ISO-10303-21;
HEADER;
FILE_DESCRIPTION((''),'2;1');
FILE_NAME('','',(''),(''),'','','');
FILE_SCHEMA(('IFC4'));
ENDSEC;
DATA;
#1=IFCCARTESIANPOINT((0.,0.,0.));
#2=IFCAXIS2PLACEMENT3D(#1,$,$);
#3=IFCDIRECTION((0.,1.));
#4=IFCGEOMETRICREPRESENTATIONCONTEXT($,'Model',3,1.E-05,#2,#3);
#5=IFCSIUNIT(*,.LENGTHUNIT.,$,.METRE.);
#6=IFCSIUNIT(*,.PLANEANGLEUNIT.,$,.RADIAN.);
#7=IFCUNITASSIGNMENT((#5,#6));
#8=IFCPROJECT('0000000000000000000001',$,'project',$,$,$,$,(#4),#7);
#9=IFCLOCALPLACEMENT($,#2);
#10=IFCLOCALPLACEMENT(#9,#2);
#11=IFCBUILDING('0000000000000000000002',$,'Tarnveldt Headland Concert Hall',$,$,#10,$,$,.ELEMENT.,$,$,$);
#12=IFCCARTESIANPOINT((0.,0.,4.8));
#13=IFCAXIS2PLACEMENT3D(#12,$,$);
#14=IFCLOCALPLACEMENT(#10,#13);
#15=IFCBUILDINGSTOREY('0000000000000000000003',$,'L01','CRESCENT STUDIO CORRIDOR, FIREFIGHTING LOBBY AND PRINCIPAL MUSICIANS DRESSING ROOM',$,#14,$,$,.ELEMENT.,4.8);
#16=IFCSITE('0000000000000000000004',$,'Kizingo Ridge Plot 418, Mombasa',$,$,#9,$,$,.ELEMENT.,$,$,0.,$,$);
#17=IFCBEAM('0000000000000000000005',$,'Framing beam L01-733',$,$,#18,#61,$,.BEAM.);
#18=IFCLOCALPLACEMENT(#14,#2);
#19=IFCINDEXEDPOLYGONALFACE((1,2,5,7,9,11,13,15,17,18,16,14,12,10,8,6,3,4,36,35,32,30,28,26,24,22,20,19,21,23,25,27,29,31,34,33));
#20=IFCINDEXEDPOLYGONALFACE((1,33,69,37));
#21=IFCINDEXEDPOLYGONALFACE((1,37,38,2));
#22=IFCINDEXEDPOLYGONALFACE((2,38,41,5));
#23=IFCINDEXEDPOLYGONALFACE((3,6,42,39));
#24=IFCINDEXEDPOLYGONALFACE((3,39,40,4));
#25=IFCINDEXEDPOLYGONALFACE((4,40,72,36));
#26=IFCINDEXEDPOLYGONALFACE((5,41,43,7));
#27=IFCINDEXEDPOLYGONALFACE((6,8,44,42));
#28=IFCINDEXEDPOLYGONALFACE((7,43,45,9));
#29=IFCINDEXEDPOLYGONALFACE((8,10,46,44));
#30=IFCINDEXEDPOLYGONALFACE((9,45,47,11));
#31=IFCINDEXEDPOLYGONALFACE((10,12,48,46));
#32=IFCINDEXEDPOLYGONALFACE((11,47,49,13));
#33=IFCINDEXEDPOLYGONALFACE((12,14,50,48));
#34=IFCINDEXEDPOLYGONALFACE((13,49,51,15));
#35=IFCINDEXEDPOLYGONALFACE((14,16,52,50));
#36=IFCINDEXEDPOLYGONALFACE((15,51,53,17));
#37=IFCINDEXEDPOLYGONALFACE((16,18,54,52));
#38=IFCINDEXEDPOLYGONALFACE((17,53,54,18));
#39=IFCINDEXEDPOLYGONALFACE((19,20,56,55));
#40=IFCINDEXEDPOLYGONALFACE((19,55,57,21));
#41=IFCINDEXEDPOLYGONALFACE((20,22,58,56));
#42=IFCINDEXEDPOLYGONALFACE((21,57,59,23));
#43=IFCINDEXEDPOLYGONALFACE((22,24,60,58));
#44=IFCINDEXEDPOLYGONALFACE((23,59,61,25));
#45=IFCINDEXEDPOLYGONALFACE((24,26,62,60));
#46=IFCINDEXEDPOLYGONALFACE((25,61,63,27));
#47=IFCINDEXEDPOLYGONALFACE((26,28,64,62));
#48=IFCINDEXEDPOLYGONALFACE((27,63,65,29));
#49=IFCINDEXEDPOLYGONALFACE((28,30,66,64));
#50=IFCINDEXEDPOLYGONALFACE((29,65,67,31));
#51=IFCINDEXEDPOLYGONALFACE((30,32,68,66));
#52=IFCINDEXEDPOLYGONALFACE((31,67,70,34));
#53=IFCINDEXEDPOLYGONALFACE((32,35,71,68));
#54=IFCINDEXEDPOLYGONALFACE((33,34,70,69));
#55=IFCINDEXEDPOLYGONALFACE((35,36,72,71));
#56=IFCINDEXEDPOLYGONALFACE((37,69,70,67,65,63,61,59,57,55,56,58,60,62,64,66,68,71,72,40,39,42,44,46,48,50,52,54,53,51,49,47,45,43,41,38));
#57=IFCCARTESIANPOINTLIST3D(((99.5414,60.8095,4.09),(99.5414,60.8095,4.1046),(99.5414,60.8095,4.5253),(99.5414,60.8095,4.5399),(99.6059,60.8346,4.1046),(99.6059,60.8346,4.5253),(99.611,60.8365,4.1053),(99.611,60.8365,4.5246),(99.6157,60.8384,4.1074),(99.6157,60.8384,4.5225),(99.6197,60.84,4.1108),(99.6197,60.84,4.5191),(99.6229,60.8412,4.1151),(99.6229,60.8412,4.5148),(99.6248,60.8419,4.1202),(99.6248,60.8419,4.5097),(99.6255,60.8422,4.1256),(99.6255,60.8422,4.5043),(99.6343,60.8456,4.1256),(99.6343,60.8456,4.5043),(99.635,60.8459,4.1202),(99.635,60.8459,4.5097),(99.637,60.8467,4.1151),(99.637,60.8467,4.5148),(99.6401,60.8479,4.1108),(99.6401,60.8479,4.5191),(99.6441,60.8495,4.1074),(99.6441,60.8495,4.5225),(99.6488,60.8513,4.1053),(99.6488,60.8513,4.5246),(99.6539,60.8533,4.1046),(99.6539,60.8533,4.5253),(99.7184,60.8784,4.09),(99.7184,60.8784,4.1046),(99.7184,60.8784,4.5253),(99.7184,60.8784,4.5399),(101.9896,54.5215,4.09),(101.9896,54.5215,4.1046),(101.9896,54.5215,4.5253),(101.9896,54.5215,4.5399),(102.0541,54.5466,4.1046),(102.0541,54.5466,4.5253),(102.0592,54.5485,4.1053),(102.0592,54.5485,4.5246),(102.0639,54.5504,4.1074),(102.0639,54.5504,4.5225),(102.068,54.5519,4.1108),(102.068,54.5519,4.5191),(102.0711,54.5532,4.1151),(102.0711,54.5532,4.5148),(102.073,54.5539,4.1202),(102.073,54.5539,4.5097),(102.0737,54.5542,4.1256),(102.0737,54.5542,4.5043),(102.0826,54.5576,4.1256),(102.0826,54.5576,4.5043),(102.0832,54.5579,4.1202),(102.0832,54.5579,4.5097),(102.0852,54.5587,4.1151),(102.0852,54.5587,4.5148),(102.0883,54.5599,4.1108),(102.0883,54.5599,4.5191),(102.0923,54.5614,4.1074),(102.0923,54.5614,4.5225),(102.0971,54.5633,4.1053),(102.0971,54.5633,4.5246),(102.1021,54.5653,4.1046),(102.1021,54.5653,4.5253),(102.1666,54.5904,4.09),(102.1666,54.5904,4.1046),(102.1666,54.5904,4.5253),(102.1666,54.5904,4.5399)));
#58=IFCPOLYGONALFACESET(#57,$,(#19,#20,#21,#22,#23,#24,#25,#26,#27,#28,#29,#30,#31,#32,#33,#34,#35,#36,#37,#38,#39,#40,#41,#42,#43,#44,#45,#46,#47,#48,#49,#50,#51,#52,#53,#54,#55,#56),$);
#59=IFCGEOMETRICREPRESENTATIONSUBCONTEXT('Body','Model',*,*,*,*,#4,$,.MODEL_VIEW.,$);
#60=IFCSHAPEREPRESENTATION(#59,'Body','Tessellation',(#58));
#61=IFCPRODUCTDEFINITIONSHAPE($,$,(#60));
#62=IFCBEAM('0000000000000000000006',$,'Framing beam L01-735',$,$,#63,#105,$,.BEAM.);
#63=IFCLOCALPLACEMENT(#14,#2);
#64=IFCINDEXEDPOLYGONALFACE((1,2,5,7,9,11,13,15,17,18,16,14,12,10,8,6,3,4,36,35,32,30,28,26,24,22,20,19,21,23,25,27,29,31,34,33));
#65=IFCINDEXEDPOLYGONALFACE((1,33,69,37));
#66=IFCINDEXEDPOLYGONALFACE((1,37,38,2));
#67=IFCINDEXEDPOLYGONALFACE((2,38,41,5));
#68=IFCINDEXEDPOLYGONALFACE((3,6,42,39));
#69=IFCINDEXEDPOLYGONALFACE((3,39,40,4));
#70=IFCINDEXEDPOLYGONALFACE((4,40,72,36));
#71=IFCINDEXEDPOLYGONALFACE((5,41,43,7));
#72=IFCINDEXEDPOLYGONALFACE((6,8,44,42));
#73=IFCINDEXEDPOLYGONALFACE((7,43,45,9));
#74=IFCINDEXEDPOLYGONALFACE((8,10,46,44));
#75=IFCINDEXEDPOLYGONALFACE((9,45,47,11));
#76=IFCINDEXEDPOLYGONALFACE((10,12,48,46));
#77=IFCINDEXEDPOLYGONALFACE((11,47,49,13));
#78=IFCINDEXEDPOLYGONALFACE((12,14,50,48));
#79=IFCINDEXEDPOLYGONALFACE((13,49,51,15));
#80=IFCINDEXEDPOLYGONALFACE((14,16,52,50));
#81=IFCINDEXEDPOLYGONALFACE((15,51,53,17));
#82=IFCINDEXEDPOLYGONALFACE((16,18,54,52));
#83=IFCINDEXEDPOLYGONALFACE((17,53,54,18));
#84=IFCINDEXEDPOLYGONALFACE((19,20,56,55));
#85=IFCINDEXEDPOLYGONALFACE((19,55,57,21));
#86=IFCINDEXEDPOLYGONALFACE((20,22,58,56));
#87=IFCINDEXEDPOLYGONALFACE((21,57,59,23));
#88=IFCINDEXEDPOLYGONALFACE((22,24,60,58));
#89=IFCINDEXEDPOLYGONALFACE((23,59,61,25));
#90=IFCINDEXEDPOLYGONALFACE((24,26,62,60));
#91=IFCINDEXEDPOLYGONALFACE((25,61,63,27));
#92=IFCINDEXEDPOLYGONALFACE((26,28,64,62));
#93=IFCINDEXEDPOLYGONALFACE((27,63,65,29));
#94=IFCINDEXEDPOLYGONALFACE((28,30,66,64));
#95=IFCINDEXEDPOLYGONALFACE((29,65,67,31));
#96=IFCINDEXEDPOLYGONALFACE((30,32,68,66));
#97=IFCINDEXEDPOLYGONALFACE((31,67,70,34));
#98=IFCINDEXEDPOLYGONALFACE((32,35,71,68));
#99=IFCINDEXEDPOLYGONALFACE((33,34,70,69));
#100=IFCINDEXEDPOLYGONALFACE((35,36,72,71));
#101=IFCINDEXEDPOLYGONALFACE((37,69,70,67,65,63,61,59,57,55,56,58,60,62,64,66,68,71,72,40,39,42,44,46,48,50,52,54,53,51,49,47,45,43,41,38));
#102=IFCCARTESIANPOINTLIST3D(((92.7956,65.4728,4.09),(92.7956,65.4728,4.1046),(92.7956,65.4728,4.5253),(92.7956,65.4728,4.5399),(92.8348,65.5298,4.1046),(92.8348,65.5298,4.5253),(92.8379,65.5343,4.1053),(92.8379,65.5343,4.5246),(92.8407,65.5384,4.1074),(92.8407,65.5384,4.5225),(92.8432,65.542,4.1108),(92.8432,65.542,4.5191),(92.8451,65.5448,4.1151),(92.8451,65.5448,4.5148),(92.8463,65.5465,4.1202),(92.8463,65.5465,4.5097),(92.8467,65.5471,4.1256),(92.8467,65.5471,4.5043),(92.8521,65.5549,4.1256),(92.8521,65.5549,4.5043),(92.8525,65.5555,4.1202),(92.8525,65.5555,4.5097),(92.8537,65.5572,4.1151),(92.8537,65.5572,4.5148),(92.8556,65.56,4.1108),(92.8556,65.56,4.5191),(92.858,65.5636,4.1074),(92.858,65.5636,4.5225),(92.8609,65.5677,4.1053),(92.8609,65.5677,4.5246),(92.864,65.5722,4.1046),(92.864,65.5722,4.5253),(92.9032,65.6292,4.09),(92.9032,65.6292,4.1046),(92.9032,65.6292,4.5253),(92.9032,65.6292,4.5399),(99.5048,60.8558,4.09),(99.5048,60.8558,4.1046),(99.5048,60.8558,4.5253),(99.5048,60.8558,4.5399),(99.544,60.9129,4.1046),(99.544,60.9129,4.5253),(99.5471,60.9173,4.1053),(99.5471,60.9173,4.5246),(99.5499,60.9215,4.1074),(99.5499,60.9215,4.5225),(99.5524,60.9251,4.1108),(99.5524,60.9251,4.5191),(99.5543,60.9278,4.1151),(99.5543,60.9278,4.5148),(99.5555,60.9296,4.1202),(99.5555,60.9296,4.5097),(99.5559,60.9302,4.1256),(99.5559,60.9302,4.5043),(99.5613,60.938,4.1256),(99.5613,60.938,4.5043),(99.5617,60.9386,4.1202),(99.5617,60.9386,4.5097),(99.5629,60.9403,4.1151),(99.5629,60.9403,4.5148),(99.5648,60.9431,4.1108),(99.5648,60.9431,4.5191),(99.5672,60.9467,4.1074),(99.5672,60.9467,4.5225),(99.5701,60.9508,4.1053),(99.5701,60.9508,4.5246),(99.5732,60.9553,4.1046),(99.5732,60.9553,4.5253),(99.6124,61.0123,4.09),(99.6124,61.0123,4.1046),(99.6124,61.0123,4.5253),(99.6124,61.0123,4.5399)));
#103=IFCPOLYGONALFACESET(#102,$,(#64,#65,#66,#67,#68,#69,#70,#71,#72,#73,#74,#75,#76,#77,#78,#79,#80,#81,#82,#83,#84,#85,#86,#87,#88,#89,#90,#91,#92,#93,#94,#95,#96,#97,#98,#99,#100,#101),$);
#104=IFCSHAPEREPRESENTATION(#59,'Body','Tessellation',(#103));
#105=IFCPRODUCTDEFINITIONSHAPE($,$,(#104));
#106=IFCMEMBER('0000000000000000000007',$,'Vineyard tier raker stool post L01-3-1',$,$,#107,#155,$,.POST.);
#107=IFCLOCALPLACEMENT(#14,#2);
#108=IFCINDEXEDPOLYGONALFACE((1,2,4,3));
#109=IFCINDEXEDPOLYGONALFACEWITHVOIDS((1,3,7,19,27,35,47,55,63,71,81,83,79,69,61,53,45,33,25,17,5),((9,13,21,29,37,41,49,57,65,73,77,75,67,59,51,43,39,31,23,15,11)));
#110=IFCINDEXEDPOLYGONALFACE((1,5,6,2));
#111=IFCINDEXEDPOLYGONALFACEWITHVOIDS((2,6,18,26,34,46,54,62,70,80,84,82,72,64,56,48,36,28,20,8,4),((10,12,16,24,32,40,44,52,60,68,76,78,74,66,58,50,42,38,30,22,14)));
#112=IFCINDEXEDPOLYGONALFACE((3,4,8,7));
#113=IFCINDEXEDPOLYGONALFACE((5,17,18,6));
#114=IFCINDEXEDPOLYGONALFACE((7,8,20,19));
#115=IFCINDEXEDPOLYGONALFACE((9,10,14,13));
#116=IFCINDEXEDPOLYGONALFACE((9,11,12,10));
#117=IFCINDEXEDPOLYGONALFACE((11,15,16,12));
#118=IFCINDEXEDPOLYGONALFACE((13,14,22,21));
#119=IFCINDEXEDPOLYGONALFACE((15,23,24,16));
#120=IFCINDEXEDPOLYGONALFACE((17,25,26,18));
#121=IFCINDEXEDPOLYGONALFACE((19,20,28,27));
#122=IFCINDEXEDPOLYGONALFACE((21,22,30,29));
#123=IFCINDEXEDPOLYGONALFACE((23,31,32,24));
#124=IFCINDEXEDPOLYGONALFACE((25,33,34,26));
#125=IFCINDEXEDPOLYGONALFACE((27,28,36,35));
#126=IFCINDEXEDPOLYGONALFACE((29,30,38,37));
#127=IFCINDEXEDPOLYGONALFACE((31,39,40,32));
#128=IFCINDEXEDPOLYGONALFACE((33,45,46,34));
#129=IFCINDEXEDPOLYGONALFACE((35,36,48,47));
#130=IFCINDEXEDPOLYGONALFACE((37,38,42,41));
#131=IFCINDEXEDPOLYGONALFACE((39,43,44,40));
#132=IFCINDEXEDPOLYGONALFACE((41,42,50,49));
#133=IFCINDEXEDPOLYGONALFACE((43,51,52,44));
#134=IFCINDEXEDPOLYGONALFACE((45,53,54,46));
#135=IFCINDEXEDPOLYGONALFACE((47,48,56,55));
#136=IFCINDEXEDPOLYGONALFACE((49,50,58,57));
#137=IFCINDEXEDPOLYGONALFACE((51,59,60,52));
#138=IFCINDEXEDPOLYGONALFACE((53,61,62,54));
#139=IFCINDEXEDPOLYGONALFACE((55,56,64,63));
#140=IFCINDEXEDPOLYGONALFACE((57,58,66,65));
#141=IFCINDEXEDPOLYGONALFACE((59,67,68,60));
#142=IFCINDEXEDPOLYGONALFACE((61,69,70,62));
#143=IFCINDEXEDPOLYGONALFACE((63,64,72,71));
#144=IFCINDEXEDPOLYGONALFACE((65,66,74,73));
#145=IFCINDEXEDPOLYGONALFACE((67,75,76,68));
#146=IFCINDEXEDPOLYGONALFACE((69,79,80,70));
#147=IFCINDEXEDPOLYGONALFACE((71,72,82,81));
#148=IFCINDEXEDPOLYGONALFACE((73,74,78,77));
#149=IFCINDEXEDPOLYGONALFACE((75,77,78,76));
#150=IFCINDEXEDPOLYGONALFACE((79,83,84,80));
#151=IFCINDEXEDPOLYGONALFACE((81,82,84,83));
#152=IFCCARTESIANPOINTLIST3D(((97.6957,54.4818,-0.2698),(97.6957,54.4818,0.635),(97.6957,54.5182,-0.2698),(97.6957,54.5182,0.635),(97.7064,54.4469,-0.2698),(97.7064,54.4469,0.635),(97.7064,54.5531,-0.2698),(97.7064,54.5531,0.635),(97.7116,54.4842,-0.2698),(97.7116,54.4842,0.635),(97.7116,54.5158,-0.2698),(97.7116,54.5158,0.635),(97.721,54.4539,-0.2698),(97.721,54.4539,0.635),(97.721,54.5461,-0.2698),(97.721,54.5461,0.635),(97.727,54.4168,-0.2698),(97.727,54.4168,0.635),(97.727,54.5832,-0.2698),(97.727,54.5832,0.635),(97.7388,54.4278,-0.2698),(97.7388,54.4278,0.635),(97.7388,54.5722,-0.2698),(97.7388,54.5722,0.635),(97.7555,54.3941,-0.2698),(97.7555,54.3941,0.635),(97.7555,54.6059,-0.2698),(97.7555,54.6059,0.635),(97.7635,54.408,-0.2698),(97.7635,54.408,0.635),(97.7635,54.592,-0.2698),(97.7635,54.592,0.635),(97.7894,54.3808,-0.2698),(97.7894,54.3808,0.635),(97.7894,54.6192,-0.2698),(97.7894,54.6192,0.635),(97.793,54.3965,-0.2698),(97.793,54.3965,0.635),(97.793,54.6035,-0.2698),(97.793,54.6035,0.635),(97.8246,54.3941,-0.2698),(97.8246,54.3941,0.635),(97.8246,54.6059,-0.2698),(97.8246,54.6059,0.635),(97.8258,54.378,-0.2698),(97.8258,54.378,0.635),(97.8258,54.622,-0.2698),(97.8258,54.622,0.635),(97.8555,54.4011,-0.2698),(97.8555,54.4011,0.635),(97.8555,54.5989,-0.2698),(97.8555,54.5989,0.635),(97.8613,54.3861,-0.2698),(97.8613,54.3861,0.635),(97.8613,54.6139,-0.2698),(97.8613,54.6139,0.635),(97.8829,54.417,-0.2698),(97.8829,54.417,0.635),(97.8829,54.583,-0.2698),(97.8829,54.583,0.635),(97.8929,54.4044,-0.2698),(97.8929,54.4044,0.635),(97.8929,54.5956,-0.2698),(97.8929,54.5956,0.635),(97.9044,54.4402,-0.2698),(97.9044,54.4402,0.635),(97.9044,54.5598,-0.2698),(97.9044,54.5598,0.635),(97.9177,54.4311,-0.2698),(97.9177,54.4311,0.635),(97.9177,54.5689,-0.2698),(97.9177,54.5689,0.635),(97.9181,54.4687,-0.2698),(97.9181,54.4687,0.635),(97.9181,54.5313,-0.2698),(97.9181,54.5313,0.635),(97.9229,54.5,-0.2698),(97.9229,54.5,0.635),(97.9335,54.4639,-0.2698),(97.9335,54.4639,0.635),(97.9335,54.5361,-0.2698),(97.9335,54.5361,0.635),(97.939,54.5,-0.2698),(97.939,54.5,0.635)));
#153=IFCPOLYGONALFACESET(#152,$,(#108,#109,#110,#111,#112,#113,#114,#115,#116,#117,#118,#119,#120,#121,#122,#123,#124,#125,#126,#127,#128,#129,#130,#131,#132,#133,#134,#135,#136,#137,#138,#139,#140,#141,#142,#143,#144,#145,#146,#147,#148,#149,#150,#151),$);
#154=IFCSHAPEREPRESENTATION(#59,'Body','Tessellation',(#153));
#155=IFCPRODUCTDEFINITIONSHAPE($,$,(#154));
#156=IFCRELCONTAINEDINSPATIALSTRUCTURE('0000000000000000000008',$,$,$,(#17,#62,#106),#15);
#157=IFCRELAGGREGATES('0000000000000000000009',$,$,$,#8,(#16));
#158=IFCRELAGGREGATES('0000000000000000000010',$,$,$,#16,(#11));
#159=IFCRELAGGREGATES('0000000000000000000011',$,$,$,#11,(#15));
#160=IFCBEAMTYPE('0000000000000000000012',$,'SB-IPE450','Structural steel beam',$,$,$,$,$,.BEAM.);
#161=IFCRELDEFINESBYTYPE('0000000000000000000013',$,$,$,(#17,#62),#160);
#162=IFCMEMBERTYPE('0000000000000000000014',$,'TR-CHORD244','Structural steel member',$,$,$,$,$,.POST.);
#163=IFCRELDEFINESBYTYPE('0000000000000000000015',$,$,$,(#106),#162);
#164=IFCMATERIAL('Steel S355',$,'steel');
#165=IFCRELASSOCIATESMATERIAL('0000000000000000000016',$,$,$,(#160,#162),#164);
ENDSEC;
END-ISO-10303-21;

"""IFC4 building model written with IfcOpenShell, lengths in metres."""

from ifc_helpers import new_model, si_unit, direction, frame, origin, origin_2d, place, context, subcontext, project, spatial, hollow_circle, i_section, extrude, material, material_profile, profile_set, type_object, element, save


model = new_model("IFC4")

# Units and contexts
model_context = context("Model", 3, precision=1e-05, world=origin(), true_north=direction((0.0, 1.0)))
body_context = subcontext(model_context, "Body", "Model", "MODEL_VIEW")
ifc_project = project(units=[si_unit("LENGTHUNIT", "METRE"), si_unit("PLANEANGLEUNIT", "RADIAN")], contexts=[model_context])

# Site, building, storey
site_placement = place(None, origin())
site = spatial("IfcSite", under=ifc_project, at=site_placement, Name="Kizingo Ridge Plot 418, Mombasa", CompositionType="ELEMENT", RefElevation=0.0)
building_placement = place(site_placement, origin())
building = spatial("IfcBuilding", under=site, at=building_placement, Name="Tarnveldt Headland Concert Hall", CompositionType="ELEMENT")
storey_placement = place(building_placement, frame((0.0, 0.0, 4.8)))
storey = spatial("IfcBuildingStorey", under=building, at=storey_placement, Name="L01", Description="CRESCENT STUDIO CORRIDOR, FIREFIGHTING LOBBY AND PRINCIPAL MUSICIANS DRESSING ROOM", CompositionType="ELEMENT", Elevation=4.8)

# Beams
ifc_material_1 = material(Name="Steel S355", Category="steel")
ifc_material_profile_1 = material_profile(ifc_material_1, i_section(OverallWidth=0.1899, OverallDepth=0.45, WebThickness=0.0095, FlangeThickness=0.0146, FilletRadius=0.021, at=origin_2d()), Name="IPE450", Category="steel")
ifc_profile_set_1 = profile_set([ifc_material_profile_1], Name="Steel S355")
beam_type_1 = type_object("IfcBeamType", Name="SB-IPE450", Description="Structural steel beam", PredefinedType="BEAM", material=ifc_profile_set_1)
beam_1_placement = place(storey_placement, frame((102.0781, 54.5559, 4.3149), z_axis=(-0.362816, 0.931861, 0.0), x_axis=(-0.931861, -0.362816, 0.0)))
element("IfcBeam", 1, at=beam_1_placement, inside=storey, type_object=beam_type_1, Name="Framing beam L01-733", PredefinedType="BEAM", context=body_context, shape_type="SweptSolid", body=[
    extrude(i_section(OverallWidth=0.1899, OverallDepth=0.45, WebThickness=0.0095, FlangeThickness=0.0146, FilletRadius=0.021, at=origin_2d()), origin(), (0.0, 0.0, 1.0), 6.7478),
])
beam_2_placement = place(storey_placement, frame((99.5586, 60.9341, 4.3149), z_axis=(-0.823793, 0.566891, 0.0), x_axis=(-0.566891, -0.823793, 0.0)))
element("IfcBeam", 2, at=beam_2_placement, inside=storey, type_object=beam_type_1, Name="Framing beam L01-735", PredefinedType="BEAM", context=body_context, shape_type="SweptSolid", body=[
    extrude(i_section(OverallWidth=0.1899, OverallDepth=0.45, WebThickness=0.0095, FlangeThickness=0.0146, FilletRadius=0.021, at=origin_2d()), origin(), (0.0, 0.0, 1.0), 8.1443),
])

# Member
ifc_material_profile_2 = material_profile(ifc_material_1, hollow_circle(Radius=0.1223, WallThickness=0.0161, at=origin_2d()), Name="CHS 244.5x16", Category="steel")
ifc_profile_set_2 = profile_set([ifc_material_profile_2], Name="Steel S355")
member_type = type_object("IfcMemberType", Name="TR-CHORD244", Description="Structural steel member", PredefinedType="POST", material=ifc_profile_set_2)
member_1_placement = place(storey_placement, frame((97.8167, 54.5, -0.2698), z_axis=(0.0, 0.0, 1.0), x_axis=(1.0, 0.0, 0.0)))
element("IfcMember", 3, at=member_1_placement, inside=storey, type_object=member_type, Name="Vineyard tier raker stool post L01-3-1", PredefinedType="POST", context=body_context, shape_type="SweptSolid", body=[
    extrude(hollow_circle(Radius=0.1223, WallThickness=0.0161, at=origin_2d()), origin(), (0.0, 0.0, 1.0), 0.9048),
])

save(model, "model.ifc")
